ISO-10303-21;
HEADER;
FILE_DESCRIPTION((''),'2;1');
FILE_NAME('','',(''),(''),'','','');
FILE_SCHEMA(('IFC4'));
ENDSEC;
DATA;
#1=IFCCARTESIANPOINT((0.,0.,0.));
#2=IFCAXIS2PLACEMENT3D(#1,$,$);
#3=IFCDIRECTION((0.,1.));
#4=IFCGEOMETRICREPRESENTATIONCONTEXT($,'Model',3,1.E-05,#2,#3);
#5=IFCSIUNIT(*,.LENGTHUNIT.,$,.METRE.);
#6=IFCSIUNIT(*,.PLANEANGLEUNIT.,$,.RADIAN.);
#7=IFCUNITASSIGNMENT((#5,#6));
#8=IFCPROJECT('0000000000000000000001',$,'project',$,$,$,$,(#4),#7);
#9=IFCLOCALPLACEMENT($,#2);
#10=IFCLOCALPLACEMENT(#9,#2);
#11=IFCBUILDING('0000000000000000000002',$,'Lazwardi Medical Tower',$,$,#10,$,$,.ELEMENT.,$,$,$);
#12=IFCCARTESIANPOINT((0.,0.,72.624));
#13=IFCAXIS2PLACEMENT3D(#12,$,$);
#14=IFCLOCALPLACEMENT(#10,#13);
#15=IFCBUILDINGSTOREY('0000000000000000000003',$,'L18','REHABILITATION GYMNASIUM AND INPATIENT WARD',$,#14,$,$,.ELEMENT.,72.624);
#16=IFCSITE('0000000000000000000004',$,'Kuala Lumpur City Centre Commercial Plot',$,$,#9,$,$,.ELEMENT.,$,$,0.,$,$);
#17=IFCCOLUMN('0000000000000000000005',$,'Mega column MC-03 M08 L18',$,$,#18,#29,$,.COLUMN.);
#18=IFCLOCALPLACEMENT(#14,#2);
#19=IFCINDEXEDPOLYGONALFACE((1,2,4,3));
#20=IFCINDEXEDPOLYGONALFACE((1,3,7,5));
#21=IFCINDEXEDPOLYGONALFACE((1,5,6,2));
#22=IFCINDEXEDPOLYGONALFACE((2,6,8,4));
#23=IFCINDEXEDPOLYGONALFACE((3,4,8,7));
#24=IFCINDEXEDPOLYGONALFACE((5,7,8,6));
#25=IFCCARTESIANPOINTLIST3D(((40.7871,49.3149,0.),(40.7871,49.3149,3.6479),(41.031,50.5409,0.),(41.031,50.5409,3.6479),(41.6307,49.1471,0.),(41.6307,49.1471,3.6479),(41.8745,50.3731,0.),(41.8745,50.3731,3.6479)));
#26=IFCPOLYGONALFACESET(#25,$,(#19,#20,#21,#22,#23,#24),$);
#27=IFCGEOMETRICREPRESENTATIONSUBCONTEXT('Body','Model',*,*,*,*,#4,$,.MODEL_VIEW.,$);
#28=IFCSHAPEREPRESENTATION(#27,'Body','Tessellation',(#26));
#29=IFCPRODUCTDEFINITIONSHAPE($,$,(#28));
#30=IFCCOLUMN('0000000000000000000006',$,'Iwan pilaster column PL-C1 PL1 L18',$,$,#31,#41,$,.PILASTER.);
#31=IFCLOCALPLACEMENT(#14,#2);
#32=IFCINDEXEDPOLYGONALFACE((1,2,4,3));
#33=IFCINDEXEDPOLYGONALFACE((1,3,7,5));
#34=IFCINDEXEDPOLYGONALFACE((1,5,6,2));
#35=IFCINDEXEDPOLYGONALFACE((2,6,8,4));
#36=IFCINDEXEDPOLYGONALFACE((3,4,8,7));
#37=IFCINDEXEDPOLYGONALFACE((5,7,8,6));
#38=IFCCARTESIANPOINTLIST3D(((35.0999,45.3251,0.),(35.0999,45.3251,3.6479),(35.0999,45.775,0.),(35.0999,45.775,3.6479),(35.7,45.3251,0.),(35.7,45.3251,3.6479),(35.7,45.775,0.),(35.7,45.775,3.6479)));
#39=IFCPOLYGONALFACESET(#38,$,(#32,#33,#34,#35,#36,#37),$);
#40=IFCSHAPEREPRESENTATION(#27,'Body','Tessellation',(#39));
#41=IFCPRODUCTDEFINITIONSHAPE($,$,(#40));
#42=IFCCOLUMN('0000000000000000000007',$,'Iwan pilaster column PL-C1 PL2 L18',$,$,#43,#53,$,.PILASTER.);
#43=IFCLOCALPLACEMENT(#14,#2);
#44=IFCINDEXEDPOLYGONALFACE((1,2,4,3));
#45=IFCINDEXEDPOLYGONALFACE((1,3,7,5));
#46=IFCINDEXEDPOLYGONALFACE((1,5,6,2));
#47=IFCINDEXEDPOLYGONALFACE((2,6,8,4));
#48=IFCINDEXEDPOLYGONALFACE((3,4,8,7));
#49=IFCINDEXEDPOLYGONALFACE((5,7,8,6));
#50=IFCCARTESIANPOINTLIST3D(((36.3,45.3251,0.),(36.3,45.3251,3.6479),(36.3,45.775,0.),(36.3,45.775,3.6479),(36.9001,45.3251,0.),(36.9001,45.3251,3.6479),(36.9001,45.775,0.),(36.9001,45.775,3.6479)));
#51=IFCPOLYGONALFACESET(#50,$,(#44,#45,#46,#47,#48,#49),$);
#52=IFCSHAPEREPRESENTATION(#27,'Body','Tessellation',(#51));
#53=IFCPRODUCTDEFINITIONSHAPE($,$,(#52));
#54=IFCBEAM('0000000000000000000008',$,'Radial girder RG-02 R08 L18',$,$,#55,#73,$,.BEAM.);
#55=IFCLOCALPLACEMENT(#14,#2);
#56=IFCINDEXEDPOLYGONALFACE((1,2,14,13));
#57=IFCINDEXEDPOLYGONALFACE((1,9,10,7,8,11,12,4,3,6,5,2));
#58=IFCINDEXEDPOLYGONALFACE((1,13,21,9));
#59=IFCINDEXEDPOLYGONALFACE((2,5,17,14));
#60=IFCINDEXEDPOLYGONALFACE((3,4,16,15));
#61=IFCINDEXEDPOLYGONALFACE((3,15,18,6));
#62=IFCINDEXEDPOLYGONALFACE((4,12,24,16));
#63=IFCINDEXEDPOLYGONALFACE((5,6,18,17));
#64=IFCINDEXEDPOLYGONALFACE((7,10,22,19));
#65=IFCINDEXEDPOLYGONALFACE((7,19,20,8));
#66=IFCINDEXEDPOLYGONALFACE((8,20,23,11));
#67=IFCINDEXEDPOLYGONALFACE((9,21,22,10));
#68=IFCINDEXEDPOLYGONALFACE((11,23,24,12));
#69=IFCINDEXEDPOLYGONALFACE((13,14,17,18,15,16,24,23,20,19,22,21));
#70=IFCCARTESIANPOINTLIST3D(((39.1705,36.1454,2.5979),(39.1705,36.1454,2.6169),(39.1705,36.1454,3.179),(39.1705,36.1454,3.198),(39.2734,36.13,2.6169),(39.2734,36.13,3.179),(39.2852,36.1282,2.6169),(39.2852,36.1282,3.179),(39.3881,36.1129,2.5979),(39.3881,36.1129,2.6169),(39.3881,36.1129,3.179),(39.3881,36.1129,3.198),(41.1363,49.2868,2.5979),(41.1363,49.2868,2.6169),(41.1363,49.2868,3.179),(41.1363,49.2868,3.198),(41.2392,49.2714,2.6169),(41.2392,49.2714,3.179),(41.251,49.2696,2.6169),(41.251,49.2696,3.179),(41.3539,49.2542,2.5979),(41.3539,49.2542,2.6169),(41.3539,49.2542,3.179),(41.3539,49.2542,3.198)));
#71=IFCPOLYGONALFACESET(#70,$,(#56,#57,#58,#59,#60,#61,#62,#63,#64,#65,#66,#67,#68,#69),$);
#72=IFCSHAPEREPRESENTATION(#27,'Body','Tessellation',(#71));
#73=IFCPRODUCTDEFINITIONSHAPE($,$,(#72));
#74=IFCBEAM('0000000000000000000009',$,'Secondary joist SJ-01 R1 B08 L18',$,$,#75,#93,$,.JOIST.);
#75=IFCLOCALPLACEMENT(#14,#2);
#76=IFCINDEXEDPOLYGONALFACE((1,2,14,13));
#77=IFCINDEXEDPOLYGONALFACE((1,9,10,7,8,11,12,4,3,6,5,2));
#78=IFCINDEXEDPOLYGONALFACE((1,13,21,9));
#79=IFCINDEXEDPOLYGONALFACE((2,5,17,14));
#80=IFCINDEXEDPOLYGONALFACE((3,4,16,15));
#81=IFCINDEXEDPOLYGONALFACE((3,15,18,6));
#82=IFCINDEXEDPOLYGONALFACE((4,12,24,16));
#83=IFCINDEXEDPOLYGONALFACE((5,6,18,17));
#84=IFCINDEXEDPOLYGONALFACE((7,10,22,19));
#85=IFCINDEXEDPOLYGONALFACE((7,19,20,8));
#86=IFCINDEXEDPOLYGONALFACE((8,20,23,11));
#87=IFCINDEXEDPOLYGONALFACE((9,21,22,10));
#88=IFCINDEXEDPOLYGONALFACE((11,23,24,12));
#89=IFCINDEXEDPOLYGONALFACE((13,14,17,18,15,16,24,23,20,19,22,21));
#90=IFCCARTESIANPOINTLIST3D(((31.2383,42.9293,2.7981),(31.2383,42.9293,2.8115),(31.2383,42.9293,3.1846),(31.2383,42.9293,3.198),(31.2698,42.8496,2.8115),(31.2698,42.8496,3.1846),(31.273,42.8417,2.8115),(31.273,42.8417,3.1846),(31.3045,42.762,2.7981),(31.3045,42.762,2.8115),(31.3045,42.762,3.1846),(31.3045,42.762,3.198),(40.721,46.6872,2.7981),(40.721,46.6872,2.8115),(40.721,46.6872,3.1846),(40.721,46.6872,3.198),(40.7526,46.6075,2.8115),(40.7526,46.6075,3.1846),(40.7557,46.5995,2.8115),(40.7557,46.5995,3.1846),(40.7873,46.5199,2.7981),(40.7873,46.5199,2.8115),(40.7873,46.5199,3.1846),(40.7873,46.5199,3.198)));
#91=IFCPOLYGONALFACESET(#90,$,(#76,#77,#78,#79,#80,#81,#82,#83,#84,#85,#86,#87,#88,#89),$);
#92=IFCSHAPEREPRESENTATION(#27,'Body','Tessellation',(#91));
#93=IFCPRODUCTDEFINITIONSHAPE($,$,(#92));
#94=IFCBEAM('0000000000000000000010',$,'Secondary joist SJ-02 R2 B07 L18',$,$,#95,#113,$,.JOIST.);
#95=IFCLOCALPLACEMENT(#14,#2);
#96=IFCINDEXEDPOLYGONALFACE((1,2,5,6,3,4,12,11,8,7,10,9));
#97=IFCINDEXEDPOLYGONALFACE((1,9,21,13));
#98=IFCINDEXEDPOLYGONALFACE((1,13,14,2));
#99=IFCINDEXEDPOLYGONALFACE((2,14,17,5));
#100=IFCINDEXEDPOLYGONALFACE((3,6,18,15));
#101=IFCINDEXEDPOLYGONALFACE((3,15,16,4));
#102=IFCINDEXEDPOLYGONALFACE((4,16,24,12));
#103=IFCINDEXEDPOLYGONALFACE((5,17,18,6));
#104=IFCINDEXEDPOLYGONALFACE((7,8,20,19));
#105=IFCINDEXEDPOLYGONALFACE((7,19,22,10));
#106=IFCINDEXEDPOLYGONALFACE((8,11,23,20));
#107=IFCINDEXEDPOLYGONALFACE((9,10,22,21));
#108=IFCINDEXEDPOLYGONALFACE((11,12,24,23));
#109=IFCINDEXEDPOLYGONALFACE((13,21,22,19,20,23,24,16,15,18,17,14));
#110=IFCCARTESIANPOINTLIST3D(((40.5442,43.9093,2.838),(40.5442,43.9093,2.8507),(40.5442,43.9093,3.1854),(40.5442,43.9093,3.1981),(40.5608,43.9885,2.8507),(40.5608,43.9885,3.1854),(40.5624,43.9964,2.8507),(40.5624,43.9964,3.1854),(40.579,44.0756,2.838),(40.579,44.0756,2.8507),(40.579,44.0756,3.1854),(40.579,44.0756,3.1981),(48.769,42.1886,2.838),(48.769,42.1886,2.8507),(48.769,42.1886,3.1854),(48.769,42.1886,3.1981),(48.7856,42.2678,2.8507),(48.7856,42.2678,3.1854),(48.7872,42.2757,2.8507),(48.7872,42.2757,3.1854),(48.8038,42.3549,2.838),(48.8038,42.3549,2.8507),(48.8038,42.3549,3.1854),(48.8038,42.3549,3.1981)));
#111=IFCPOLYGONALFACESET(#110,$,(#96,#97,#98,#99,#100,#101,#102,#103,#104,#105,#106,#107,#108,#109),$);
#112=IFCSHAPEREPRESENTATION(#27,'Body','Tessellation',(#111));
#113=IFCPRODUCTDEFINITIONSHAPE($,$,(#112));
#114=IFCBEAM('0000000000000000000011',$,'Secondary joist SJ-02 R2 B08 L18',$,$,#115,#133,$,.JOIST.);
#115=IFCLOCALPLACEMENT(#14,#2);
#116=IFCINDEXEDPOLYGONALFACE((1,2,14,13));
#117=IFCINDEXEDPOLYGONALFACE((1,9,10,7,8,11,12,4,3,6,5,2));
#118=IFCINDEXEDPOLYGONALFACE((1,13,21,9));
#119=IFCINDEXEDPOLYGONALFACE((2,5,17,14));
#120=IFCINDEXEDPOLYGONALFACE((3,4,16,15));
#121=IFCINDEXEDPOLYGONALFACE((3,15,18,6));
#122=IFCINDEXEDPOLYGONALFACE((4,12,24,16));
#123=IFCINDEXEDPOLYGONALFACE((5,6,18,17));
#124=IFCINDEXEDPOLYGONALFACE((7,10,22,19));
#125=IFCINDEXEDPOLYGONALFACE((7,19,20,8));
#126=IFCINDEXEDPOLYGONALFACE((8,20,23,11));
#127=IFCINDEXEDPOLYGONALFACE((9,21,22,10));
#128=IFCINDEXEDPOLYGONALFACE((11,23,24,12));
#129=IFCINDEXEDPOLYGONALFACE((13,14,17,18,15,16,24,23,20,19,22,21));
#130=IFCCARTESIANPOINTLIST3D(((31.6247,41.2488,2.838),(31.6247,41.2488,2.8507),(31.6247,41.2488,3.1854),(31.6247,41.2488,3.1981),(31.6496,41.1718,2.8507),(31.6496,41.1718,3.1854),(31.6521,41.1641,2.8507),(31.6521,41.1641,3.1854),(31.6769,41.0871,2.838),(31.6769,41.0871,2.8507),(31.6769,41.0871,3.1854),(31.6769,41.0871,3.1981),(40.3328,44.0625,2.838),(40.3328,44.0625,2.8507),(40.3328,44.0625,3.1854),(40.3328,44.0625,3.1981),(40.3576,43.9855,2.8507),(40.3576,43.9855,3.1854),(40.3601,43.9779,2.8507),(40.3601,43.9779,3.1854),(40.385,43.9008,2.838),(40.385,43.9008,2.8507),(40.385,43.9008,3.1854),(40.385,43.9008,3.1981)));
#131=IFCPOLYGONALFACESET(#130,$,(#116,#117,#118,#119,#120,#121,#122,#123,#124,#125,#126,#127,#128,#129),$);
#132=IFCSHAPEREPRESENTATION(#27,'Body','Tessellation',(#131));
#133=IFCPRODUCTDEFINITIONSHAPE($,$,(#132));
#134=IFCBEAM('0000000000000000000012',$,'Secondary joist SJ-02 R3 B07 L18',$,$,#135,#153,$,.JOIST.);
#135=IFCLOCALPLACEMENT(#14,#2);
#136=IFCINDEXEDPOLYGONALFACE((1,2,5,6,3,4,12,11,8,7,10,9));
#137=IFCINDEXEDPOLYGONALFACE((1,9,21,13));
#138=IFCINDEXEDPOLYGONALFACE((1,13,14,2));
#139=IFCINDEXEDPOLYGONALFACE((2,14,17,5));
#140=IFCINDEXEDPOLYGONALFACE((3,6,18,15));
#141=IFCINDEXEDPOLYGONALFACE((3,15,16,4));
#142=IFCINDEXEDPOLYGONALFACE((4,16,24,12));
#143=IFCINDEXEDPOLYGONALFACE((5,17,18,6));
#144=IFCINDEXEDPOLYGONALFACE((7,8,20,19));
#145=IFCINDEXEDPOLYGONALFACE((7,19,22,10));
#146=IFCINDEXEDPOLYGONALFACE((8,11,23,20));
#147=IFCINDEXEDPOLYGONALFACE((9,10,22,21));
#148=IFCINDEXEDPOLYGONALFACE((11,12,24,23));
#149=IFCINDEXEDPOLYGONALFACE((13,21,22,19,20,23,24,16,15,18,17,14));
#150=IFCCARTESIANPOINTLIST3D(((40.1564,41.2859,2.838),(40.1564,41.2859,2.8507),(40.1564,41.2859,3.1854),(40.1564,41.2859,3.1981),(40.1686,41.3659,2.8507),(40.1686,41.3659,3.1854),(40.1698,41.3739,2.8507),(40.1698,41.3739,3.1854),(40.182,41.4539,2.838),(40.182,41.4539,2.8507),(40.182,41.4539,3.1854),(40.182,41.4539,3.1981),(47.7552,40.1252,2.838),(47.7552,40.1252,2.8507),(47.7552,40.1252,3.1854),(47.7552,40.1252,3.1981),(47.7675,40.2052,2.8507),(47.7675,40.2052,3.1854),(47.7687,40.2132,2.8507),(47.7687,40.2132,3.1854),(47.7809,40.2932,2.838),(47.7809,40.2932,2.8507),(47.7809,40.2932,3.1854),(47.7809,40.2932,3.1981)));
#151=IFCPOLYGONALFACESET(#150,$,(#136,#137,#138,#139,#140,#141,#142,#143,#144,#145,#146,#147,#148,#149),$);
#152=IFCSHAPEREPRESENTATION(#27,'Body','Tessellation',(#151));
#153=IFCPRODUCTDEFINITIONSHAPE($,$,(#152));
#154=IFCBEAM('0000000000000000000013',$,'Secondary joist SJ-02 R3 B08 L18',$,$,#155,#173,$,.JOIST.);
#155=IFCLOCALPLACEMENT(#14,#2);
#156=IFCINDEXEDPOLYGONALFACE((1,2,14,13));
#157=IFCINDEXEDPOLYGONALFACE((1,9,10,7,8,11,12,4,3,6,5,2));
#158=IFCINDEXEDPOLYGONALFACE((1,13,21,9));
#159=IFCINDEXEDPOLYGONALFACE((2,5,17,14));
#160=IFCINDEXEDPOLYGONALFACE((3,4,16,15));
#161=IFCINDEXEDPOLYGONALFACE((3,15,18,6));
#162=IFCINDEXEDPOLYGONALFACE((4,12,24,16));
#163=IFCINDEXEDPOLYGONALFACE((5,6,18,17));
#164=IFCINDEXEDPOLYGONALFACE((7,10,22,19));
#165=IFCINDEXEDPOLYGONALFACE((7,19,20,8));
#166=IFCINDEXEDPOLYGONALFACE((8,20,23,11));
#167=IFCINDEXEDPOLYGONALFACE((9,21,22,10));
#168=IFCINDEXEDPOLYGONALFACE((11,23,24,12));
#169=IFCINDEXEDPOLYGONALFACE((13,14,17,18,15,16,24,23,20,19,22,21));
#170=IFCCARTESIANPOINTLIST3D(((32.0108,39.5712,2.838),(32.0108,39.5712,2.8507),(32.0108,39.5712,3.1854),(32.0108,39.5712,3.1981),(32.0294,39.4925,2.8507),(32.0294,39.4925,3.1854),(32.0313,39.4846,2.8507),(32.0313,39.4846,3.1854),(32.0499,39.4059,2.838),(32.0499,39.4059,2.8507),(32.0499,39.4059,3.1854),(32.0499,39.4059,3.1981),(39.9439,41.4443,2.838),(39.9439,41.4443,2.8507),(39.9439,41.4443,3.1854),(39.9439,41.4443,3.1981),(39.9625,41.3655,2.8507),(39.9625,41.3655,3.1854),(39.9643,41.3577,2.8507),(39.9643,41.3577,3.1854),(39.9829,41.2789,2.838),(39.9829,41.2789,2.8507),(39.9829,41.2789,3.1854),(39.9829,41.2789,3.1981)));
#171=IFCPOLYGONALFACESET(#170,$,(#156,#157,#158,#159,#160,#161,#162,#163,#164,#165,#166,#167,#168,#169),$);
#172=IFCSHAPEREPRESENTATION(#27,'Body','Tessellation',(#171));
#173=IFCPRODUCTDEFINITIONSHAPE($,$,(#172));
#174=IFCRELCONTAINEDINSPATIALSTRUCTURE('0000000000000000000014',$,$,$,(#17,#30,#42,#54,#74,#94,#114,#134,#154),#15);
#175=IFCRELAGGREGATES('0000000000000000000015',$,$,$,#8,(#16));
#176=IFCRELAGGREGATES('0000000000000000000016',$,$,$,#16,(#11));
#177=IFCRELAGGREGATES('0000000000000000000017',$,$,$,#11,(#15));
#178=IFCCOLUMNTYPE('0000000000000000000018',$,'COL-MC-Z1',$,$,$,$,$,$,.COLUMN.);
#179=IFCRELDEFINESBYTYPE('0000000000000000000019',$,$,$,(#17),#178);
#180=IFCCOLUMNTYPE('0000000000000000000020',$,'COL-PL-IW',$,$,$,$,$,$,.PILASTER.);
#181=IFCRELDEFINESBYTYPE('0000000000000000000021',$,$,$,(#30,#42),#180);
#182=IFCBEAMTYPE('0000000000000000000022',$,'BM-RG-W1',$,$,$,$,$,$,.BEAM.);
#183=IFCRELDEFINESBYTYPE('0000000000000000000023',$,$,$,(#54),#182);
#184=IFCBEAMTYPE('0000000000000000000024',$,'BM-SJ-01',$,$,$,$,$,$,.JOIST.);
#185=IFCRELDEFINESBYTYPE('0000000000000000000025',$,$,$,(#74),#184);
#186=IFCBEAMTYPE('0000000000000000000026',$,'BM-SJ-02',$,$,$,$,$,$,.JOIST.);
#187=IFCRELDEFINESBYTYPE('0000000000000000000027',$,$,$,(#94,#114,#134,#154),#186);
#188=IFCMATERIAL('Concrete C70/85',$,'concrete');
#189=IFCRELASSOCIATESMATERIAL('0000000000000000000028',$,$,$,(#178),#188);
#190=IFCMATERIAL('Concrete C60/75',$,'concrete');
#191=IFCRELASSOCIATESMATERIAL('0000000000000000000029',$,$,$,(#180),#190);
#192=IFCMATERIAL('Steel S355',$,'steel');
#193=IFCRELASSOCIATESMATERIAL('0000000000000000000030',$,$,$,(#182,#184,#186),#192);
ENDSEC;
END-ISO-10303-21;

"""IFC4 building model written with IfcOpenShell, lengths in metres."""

from ifc_helpers import new_model, si_unit, direction, frame, origin, origin_2d, place, context, subcontext, project, spatial, rectangle, i_section, extrude, material, material_profile, profile_set, type_object, element, save


model = new_model("IFC4")

# Units and contexts
model_context = context("Model", 3, precision=1e-05, world=origin(), true_north=direction((0.0, 1.0)))
body_context = subcontext(model_context, "Body", "Model", "MODEL_VIEW")
ifc_project = project(units=[si_unit("LENGTHUNIT", "METRE"), si_unit("PLANEANGLEUNIT", "RADIAN")], contexts=[model_context])

# Site, building, storey
site_placement = place(None, origin())
site = spatial("IfcSite", under=ifc_project, at=site_placement, Name="Kuala Lumpur City Centre Commercial Plot", CompositionType="ELEMENT", RefElevation=0.0)
building_placement = place(site_placement, origin())
building = spatial("IfcBuilding", under=site, at=building_placement, Name="Lazwardi Medical Tower", CompositionType="ELEMENT")
storey_placement = place(building_placement, frame((0.0, 0.0, 72.624)))
storey = spatial("IfcBuildingStorey", under=building, at=storey_placement, Name="L18", Description="REHABILITATION GYMNASIUM AND INPATIENT WARD", CompositionType="ELEMENT", Elevation=72.624)

# Columns
ifc_material_1 = material(Name="Concrete C70/85", Category="concrete")
ifc_material_profile_1 = material_profile(ifc_material_1, rectangle(XDim=1.25, YDim=0.8601, at=origin_2d()), Name="CFT-RECT 1250x860")
ifc_profile_set_1 = profile_set([ifc_material_profile_1], Name="Concrete C70/85")
column_type_1 = type_object("IfcColumnType", Name="COL-MC-Z1", PredefinedType="COLUMN", material=ifc_profile_set_1)
column_placement = place(storey_placement, frame((41.3308, 49.844, 0.0), z_axis=(0.0, 0.0, 1.0), x_axis=(0.19509, 0.980785, 0.0)))
element("IfcColumn", 1, at=column_placement, inside=storey, type_object=column_type_1, Name="Mega column MC-03 M08 L18", PredefinedType="COLUMN", context=body_context, shape_type="SweptSolid", body=[
    extrude(rectangle(XDim=1.25, YDim=0.8601, at=origin_2d()), origin(), (0.0, 0.0, 1.0), 3.6479),
])
ifc_material_2 = material(Name="Concrete C60/75", Category="concrete")
ifc_material_profile_2 = material_profile(ifc_material_2, rectangle(XDim=0.6001, YDim=0.45, at=origin_2d()), Name="RC 600x450")
ifc_profile_set_2 = profile_set([ifc_material_profile_2], Name="Concrete C60/75")
column_type_2 = type_object("IfcColumnType", Name="COL-PL-IW", PredefinedType="PILASTER", material=ifc_profile_set_2)
for number, where, z_axis, x_axis, name in (
    (2, (35.3999, 45.55, 0.0), (0.0, 0.0, 1.0), (1.0, 0.0, 0.0), "Iwan pilaster column PL-C1 PL1 L18"),
    (3, (36.6001, 45.55, 0.0), (0.0, 0.0, 1.0), (1.0, 0.0, 0.0), "Iwan pilaster column PL-C1 PL2 L18"),
):
    element("IfcColumn", number, at=place(storey_placement, frame(where, z_axis=z_axis, x_axis=x_axis)), inside=storey, type_object=column_type_2, Name=name, PredefinedType="PILASTER", context=body_context, shape_type="SweptSolid", body=[
        extrude(rectangle(XDim=0.6001, YDim=0.45, at=origin_2d()), origin(), (0.0, 0.0, 1.0), 3.6479),
    ])

# Beams
ifc_material_3 = material(Name="Steel S355", Category="steel")
ifc_material_profile_3 = material_profile(ifc_material_3, i_section(OverallWidth=0.22, OverallDepth=0.6001, WebThickness=0.012, FlangeThickness=0.019, at=origin_2d()), Name="IPE 600")
ifc_profile_set_3 = profile_set([ifc_material_profile_3], Name="Steel S355")
beam_type_1 = type_object("IfcBeamType", Name="BM-RG-W1", PredefinedType="BEAM", material=ifc_profile_set_3)
beam_1_placement = place(storey_placement, frame((41.2451, 49.2705, 2.8979), z_axis=(-0.147944, -0.988996, 0.0), x_axis=(0.988996, -0.147944, 0.0)))
element("IfcBeam", 4, at=beam_1_placement, inside=storey, type_object=beam_type_1, Name="Radial girder RG-02 R08 L18", PredefinedType="BEAM", context=body_context, shape_type="SweptSolid", body=[
    extrude(i_section(OverallWidth=0.22, OverallDepth=0.6001, WebThickness=0.012, FlangeThickness=0.019, at=origin_2d()), origin(), (0.0, 0.0, 1.0), 13.2876),
])
ifc_material_profile_4 = material_profile(ifc_material_3, i_section(OverallWidth=0.1799, OverallDepth=0.3999, WebThickness=0.0085, FlangeThickness=0.0134, at=origin_2d()), Name="IPE 400")
ifc_profile_set_4 = profile_set([ifc_material_profile_4], Name="Steel S355")
beam_type_2 = type_object("IfcBeamType", Name="BM-SJ-01", PredefinedType="JOIST", material=ifc_profile_set_4)
beam_2_placement = place(storey_placement, frame((40.7542, 46.6035, 2.998), z_axis=(-0.929664, -0.368409, 0.0), x_axis=(0.368409, -0.929664, 0.0)))
element("IfcBeam", 5, at=beam_2_placement, inside=storey, type_object=beam_type_2, Name="Secondary joist SJ-01 R1 B08 L18", PredefinedType="JOIST", context=body_context, shape_type="SweptSolid", body=[
    extrude(i_section(OverallWidth=0.1799, OverallDepth=0.3999, WebThickness=0.0085, FlangeThickness=0.0134, at=origin_2d()), origin(), (0.0, 0.0, 1.0), 10.2002),
])
ifc_material_profile_5 = material_profile(ifc_material_3, i_section(OverallWidth=0.1699, OverallDepth=0.3601, WebThickness=0.0081, FlangeThickness=0.0127, at=origin_2d()), Name="IPE 360")
ifc_profile_set_5 = profile_set([ifc_material_profile_5], Name="Steel S355")
beam_type_3 = type_object("IfcBeamType", Name="BM-SJ-02", PredefinedType="JOIST", material=ifc_profile_set_5)
beam_3_placement = place(storey_placement, frame((48.7864, 42.2717, 3.0181), z_axis=(-0.978809, 0.204774, 0.0), x_axis=(-0.204774, -0.978809, 0.0)))
element("IfcBeam", 6, at=beam_3_placement, inside=storey, type_object=beam_type_3, Name="Secondary joist SJ-02 R2 B07 L18", PredefinedType="JOIST", context=body_context, shape_type="SweptSolid", body=[
    extrude(i_section(OverallWidth=0.1699, OverallDepth=0.3601, WebThickness=0.0081, FlangeThickness=0.0127, at=origin_2d()), origin(), (0.0, 0.0, 1.0), 8.4028),
])
beam_4_placement = place(storey_placement, frame((40.3589, 43.9817, 3.0181), z_axis=(-0.951559, -0.307467, 0.0), x_axis=(0.307467, -0.951559, 0.0)))
element("IfcBeam", 7, at=beam_4_placement, inside=storey, type_object=beam_type_3, Name="Secondary joist SJ-02 R2 B08 L18", PredefinedType="JOIST", context=body_context, shape_type="SweptSolid", body=[
    extrude(i_section(OverallWidth=0.1699, OverallDepth=0.3601, WebThickness=0.0081, FlangeThickness=0.0127, at=origin_2d()), origin(), (0.0, 0.0, 1.0), 9.1514),
])
beam_5_placement = place(storey_placement, frame((47.7681, 40.2092, 3.0181), z_axis=(-0.988536, 0.150988, 0.0), x_axis=(-0.150988, -0.988536, 0.0)))
element("IfcBeam", 8, at=beam_5_placement, inside=storey, type_object=beam_type_3, Name="Secondary joist SJ-02 R3 B07 L18", PredefinedType="JOIST", context=body_context, shape_type="SweptSolid", body=[
    extrude(i_section(OverallWidth=0.1699, OverallDepth=0.3601, WebThickness=0.0081, FlangeThickness=0.0127, at=origin_2d()), origin(), (0.0, 0.0, 1.0), 7.687),
])
beam_6_placement = place(storey_placement, frame((39.9634, 41.3616, 3.0181), z_axis=(-0.973241, -0.229787, 0.0), x_axis=(0.229787, -0.973241, 0.0)))
element("IfcBeam", 9, at=beam_6_placement, inside=storey, type_object=beam_type_3, Name="Secondary joist SJ-02 R3 B08 L18", PredefinedType="JOIST", context=body_context, shape_type="SweptSolid", body=[
    extrude(i_section(OverallWidth=0.1699, OverallDepth=0.3601, WebThickness=0.0081, FlangeThickness=0.0127, at=origin_2d()), origin(), (0.0, 0.0, 1.0), 8.1511),
])

save(model, "model.ifc")
